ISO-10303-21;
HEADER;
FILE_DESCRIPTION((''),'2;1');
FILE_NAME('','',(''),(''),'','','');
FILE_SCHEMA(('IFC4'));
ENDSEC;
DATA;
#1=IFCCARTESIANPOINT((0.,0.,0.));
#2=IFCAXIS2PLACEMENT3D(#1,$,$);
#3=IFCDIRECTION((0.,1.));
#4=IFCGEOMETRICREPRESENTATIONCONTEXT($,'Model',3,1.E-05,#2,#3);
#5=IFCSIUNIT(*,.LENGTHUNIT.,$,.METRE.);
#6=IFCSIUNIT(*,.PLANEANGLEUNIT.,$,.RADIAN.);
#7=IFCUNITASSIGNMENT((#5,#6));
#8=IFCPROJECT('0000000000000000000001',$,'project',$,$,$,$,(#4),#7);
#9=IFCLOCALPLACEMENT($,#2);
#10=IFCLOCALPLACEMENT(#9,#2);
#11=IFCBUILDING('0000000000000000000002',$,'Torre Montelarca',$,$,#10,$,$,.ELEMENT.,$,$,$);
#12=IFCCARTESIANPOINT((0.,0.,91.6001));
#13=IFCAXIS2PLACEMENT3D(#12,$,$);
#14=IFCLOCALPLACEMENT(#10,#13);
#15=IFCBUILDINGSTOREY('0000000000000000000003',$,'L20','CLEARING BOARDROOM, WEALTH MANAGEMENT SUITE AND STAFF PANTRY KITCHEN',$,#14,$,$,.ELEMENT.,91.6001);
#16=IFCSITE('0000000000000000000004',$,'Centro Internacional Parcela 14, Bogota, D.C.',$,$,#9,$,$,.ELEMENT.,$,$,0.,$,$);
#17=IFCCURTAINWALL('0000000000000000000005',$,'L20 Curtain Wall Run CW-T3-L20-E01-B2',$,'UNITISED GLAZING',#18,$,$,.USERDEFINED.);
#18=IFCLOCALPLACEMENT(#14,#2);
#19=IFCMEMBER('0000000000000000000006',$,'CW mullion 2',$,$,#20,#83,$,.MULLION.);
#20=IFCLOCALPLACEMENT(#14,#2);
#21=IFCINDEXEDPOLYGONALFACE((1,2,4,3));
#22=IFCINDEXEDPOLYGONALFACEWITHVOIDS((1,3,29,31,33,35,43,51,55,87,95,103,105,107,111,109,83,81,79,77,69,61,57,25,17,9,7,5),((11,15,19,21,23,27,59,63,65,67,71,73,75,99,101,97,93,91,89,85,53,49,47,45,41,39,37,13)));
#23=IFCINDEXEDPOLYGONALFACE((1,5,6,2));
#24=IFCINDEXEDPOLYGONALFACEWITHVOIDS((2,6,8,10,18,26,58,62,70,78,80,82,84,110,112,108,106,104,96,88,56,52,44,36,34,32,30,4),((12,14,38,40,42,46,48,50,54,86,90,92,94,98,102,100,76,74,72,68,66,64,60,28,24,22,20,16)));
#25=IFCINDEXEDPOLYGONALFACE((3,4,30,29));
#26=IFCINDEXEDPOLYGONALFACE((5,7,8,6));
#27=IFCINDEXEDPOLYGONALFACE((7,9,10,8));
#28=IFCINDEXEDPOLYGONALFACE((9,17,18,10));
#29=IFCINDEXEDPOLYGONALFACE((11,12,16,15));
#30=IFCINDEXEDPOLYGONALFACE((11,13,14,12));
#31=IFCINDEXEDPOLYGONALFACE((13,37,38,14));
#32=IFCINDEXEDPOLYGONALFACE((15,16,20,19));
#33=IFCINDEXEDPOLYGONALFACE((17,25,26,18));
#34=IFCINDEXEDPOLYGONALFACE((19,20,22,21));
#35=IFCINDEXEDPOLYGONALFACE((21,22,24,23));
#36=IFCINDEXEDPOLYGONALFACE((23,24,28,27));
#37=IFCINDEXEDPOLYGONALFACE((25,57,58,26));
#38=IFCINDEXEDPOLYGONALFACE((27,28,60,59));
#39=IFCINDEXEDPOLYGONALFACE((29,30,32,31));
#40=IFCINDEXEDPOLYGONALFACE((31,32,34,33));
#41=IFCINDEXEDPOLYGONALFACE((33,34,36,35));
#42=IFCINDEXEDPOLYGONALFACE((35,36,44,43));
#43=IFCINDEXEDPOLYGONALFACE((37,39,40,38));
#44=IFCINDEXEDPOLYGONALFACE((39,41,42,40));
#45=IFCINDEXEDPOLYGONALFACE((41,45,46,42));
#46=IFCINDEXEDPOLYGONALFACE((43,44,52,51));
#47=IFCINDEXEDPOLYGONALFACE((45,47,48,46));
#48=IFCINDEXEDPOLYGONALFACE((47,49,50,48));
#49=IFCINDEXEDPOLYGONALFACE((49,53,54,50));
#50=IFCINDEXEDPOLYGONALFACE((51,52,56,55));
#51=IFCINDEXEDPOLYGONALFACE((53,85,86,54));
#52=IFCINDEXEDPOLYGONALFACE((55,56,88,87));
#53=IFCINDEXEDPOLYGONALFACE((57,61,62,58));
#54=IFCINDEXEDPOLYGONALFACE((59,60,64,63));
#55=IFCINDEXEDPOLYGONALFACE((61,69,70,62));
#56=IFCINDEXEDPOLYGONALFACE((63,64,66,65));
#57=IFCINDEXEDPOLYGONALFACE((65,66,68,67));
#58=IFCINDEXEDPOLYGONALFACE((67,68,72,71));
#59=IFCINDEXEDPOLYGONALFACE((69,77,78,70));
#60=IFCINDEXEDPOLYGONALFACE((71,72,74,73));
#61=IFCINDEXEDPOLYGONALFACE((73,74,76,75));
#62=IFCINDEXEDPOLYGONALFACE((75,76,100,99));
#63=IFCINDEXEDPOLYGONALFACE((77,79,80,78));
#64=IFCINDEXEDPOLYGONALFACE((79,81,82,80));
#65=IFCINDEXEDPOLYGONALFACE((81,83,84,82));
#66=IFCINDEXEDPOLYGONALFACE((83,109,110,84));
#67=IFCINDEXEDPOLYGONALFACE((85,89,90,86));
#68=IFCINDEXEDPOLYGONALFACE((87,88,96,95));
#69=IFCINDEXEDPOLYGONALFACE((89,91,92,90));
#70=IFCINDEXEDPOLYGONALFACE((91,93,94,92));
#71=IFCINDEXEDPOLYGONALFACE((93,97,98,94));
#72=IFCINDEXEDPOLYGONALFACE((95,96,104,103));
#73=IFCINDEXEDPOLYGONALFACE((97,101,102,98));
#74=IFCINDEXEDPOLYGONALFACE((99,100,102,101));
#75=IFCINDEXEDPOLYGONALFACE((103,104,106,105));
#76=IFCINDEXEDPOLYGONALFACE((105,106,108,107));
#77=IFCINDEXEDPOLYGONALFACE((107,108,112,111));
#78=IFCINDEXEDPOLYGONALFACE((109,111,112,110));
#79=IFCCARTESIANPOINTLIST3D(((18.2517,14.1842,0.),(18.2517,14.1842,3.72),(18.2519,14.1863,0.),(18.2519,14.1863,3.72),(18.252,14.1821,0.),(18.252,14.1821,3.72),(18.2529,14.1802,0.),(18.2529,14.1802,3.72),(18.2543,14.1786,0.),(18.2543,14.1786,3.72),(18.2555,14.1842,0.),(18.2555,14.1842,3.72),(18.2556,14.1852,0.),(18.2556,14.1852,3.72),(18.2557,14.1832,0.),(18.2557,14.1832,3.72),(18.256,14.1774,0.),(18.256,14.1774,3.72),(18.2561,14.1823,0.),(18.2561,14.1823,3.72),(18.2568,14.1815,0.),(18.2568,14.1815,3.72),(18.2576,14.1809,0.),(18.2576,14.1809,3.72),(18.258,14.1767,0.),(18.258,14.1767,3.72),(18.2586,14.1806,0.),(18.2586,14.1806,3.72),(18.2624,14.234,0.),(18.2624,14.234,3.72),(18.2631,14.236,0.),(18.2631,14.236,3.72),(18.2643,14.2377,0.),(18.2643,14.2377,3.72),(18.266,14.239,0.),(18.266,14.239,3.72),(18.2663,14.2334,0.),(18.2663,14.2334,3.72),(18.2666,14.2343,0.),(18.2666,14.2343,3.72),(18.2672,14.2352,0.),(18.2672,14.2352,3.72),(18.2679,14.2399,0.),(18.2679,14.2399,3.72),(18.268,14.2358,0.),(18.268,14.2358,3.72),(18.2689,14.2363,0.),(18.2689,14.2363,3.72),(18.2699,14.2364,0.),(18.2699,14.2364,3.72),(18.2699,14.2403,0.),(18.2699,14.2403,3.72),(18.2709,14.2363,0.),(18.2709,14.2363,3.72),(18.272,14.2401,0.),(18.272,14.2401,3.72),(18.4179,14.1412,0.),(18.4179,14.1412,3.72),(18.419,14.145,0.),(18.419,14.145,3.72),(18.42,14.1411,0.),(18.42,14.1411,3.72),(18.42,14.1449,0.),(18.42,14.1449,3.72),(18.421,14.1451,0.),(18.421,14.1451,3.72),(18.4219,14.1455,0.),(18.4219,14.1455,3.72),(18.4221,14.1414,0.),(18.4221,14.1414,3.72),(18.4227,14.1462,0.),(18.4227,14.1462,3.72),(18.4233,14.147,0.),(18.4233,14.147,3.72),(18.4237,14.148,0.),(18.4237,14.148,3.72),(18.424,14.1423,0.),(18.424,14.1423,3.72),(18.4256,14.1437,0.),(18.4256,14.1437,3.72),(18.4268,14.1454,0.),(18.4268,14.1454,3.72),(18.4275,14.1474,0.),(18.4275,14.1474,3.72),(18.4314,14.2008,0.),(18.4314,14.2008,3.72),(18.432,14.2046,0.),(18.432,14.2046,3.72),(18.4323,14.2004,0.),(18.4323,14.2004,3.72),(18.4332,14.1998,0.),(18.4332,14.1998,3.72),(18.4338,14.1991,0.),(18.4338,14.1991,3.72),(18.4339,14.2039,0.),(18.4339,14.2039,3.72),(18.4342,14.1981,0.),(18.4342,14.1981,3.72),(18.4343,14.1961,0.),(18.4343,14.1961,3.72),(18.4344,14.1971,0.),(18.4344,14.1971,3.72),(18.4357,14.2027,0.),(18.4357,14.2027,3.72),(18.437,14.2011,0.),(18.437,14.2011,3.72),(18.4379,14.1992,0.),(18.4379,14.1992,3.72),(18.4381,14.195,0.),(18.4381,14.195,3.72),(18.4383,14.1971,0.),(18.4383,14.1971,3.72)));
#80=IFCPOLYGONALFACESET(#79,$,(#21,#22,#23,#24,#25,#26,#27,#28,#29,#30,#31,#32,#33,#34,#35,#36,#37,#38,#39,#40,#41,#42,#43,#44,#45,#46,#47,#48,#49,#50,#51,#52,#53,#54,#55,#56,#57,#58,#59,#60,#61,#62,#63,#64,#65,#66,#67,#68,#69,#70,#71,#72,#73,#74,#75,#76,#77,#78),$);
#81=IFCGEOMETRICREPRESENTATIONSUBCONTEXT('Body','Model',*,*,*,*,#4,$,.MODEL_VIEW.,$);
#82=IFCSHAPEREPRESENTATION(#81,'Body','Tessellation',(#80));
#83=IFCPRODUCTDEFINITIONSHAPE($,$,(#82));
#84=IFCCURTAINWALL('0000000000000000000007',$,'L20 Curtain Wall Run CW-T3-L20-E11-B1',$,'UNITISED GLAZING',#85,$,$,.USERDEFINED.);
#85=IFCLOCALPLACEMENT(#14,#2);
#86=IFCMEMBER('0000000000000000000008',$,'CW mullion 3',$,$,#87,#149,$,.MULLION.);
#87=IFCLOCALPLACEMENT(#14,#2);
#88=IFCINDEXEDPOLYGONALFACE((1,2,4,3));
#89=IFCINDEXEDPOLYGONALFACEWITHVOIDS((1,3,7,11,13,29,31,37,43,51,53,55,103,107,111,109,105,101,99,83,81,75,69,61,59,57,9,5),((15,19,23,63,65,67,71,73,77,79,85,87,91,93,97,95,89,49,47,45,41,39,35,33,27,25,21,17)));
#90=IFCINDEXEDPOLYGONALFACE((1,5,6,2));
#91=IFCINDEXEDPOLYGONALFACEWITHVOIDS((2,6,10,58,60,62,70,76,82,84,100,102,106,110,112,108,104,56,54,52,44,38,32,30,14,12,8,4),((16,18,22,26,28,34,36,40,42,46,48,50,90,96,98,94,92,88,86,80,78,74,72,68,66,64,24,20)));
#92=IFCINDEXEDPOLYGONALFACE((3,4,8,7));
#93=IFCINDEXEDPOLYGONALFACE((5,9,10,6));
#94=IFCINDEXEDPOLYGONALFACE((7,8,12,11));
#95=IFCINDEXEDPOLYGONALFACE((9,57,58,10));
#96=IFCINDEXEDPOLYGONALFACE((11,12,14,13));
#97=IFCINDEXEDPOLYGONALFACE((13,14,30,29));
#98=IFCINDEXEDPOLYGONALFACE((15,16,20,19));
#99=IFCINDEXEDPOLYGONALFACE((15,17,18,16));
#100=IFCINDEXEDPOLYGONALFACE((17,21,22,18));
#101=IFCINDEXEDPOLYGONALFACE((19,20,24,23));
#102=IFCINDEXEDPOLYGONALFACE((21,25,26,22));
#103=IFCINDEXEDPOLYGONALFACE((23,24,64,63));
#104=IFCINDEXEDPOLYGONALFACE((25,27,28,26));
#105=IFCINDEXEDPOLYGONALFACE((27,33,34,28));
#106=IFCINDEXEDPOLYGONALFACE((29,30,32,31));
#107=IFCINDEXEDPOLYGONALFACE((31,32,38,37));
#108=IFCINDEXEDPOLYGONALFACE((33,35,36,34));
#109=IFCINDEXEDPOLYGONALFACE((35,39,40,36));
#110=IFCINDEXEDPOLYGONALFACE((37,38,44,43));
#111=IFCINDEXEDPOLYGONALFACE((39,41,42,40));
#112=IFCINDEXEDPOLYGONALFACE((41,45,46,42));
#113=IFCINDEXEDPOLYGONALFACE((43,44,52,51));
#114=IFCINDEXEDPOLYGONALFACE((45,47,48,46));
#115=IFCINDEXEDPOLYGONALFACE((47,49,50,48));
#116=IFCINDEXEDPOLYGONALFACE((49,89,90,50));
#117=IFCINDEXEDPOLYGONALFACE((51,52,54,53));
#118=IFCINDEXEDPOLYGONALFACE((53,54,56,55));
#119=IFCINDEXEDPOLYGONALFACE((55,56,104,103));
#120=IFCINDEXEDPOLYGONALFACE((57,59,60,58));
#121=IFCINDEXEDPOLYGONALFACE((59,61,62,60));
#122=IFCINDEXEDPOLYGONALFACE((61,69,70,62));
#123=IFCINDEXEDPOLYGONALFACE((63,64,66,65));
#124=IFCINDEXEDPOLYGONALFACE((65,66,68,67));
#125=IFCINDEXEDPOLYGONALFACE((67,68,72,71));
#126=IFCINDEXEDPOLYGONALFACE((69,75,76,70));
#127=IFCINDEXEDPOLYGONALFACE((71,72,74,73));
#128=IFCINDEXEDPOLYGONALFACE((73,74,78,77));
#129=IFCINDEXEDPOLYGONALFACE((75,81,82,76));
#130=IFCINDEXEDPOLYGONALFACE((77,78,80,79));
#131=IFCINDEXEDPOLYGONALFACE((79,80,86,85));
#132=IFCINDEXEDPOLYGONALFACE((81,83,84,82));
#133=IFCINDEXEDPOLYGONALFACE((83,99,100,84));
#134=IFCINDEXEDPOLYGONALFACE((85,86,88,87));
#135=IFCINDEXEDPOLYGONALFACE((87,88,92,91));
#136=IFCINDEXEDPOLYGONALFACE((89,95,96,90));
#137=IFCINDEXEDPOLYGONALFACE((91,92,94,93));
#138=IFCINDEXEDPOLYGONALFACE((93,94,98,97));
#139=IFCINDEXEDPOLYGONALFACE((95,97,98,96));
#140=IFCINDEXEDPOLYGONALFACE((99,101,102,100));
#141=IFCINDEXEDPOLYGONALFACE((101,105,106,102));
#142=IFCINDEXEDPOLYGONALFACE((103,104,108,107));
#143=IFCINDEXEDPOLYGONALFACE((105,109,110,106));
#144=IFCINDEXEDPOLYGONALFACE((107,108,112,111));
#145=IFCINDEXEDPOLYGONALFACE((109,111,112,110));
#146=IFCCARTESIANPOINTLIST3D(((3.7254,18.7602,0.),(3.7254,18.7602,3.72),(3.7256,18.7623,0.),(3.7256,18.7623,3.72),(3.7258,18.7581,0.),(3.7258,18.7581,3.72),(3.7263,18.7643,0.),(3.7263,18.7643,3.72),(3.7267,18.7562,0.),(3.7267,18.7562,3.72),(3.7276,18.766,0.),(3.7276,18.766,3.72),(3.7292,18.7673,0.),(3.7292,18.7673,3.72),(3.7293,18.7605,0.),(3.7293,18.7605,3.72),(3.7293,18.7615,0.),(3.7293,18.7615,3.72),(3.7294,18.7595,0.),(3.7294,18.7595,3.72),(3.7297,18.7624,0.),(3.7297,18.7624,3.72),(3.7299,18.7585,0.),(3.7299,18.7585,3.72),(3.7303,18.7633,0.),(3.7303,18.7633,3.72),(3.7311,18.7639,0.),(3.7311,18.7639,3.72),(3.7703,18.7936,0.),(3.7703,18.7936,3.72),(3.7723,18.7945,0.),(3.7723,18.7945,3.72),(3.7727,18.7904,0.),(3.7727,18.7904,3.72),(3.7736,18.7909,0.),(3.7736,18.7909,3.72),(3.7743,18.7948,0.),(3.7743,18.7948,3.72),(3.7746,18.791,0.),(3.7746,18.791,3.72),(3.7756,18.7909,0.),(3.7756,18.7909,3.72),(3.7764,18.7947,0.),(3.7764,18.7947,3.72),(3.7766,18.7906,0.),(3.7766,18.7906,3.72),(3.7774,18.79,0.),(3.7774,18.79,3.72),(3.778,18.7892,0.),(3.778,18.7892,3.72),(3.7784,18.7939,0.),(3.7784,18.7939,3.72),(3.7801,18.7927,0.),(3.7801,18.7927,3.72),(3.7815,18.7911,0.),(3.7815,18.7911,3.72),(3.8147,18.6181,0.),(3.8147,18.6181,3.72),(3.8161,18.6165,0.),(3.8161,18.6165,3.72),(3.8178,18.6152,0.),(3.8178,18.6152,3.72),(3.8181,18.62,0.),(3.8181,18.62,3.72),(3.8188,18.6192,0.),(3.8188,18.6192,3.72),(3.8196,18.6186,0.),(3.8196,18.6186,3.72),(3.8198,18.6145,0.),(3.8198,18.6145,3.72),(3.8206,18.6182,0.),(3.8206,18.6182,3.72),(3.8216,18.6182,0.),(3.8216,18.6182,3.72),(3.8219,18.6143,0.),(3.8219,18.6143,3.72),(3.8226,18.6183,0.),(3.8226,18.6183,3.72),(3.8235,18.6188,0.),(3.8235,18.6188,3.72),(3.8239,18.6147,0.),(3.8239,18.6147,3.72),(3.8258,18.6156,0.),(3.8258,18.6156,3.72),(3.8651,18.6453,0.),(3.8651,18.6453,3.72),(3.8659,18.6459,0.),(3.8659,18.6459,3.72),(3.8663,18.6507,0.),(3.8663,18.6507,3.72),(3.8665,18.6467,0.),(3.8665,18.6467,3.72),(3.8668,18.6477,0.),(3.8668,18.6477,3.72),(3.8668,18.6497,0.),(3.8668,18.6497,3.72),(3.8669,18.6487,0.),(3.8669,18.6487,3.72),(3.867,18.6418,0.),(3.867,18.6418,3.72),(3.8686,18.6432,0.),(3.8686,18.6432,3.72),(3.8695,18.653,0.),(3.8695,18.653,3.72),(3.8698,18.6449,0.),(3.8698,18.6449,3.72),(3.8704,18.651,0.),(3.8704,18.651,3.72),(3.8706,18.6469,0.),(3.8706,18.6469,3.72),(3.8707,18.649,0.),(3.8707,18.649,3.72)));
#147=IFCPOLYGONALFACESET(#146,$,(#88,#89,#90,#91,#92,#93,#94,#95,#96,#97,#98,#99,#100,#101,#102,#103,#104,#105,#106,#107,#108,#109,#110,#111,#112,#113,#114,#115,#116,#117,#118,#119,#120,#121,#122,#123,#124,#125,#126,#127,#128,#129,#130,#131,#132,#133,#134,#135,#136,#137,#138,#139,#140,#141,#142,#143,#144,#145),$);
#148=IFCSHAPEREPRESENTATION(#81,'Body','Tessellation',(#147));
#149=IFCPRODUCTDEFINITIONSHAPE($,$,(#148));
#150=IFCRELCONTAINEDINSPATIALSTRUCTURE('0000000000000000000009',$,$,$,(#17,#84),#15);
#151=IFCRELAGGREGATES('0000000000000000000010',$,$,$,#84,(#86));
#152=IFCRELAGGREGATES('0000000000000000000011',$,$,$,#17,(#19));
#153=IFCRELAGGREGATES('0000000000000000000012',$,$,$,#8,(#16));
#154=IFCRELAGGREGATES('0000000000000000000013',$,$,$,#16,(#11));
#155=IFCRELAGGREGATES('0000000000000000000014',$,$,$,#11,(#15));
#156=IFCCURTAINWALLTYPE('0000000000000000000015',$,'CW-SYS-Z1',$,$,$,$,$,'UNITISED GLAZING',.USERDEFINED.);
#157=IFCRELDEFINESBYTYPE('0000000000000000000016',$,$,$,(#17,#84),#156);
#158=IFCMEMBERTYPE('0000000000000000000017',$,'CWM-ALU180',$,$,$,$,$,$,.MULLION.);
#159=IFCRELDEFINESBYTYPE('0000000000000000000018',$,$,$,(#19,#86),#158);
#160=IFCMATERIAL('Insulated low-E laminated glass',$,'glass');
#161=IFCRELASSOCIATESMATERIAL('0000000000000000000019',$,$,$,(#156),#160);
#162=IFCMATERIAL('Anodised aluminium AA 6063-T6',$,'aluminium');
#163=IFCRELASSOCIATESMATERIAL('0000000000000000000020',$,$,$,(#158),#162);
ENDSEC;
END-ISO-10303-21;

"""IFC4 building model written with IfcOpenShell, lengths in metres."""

from ifc_helpers import new_model, si_unit, direction, frame, origin, origin_2d, place, context, subcontext, project, spatial, hollow_rectangle, extrude, source, transform, mapped, material, material_profile, profile_set, type_object, element, aggregate, save


model = new_model("IFC4")

# Units and contexts
model_context = context("Model", 3, precision=1e-05, world=origin(), true_north=direction((0.0, 1.0)))
body_context = subcontext(model_context, "Body", "Model", "MODEL_VIEW")
ifc_project = project(units=[si_unit("LENGTHUNIT", "METRE"), si_unit("PLANEANGLEUNIT", "RADIAN")], contexts=[model_context])

# Site, building, storey
site_placement = place(None, origin())
site = spatial("IfcSite", under=ifc_project, at=site_placement, Name="Centro Internacional Parcela 14, Bogota, D.C.", CompositionType="ELEMENT", RefElevation=0.0)
building_placement = place(site_placement, origin())
building = spatial("IfcBuilding", under=site, at=building_placement, Name="Torre Montelarca", CompositionType="ELEMENT")
storey_placement = place(building_placement, frame((0.0, 0.0, 91.6001)))
storey = spatial("IfcBuildingStorey", under=building, at=storey_placement, Name="L20", Description="CLEARING BOARDROOM, WEALTH MANAGEMENT SUITE AND STAFF PANTRY KITCHEN", CompositionType="ELEMENT", Elevation=91.6001)

# Curtain wall
ifc_material_1 = material(Name="Insulated low-E laminated glass", Category="glass")
curtain_wall_type = type_object("IfcCurtainWallType", Name="CW-SYS-Z1", ElementType="UNITISED GLAZING", PredefinedType="USERDEFINED", material=ifc_material_1)
ifc_material_2 = material(Name="Anodised aluminium AA 6063-T6", Category="aluminium")
curtain_wall_1_placement = place(storey_placement, origin())
curtain_wall_1 = element("IfcCurtainWall", 1, at=curtain_wall_1_placement, inside=storey, type_object=curtain_wall_type, Name="L20 Curtain Wall Run CW-T3-L20-E01-B2", ObjectType="UNITISED GLAZING", PredefinedType="USERDEFINED")

# Member
ifc_material_profile_1 = material_profile(ifc_material_2, hollow_rectangle(XDim=0.0649, YDim=0.1799, WallThickness=0.0039, InnerFilletRadius=0.0039, OuterFilletRadius=0.0081, at=origin_2d()), Name="ALU65X180X4", Category="aluminium")
ifc_profile_set_1 = profile_set([ifc_material_profile_1], Name="Anodised aluminium AA 6063-T6")
member_type_1 = type_object("IfcMemberType", Name="CWM-ALU180", PredefinedType="MULLION", material=ifc_profile_set_1)
shared_shape_1 = source(origin(), body_context, "Body", "SweptSolid", [
    extrude(hollow_rectangle(XDim=0.0649, YDim=0.1799, WallThickness=0.0039, InnerFilletRadius=0.0039, OuterFilletRadius=0.0081, at=origin_2d()), origin(), (0.0, 0.0, 1.0), 3.72),
])
member_1_placement = place(storey_placement, frame((18.345, 14.1907, 0.0), z_axis=(0.0, 0.0, 1.0), x_axis=(0.21644, 0.976296, 0.0)))
member_1 = element("IfcMember", 2, at=member_1_placement, type_object=member_type_1, Name="CW mullion 2", PredefinedType="MULLION", context=body_context, shape_type="MappedRepresentation", body=[
    mapped(shared_shape_1, transform((0.0, 0.0, 0.0), scale=1.0)),
])

# Curtain wall, member
curtain_wall_2_placement = place(storey_placement, origin())
curtain_wall_2 = element("IfcCurtainWall", 3, at=curtain_wall_2_placement, inside=storey, type_object=curtain_wall_type, Name="L20 Curtain Wall Run CW-T3-L20-E11-B1", ObjectType="UNITISED GLAZING", PredefinedType="USERDEFINED")
member_2_placement = place(storey_placement, frame((3.7981, 18.7046, 0.0), z_axis=(0.0, 0.0, 1.0), x_axis=(0.843382, 0.537314, 0.0)))
member_2 = element("IfcMember", 4, at=member_2_placement, type_object=member_type_1, Name="CW mullion 3", PredefinedType="MULLION", context=body_context, shape_type="MappedRepresentation", body=[
    mapped(shared_shape_1, transform((0.0, 0.0, 0.0), scale=1.0)),
])
aggregate(curtain_wall_2, [member_2])

aggregate(curtain_wall_1, [member_1])

save(model, "model.ifc")
